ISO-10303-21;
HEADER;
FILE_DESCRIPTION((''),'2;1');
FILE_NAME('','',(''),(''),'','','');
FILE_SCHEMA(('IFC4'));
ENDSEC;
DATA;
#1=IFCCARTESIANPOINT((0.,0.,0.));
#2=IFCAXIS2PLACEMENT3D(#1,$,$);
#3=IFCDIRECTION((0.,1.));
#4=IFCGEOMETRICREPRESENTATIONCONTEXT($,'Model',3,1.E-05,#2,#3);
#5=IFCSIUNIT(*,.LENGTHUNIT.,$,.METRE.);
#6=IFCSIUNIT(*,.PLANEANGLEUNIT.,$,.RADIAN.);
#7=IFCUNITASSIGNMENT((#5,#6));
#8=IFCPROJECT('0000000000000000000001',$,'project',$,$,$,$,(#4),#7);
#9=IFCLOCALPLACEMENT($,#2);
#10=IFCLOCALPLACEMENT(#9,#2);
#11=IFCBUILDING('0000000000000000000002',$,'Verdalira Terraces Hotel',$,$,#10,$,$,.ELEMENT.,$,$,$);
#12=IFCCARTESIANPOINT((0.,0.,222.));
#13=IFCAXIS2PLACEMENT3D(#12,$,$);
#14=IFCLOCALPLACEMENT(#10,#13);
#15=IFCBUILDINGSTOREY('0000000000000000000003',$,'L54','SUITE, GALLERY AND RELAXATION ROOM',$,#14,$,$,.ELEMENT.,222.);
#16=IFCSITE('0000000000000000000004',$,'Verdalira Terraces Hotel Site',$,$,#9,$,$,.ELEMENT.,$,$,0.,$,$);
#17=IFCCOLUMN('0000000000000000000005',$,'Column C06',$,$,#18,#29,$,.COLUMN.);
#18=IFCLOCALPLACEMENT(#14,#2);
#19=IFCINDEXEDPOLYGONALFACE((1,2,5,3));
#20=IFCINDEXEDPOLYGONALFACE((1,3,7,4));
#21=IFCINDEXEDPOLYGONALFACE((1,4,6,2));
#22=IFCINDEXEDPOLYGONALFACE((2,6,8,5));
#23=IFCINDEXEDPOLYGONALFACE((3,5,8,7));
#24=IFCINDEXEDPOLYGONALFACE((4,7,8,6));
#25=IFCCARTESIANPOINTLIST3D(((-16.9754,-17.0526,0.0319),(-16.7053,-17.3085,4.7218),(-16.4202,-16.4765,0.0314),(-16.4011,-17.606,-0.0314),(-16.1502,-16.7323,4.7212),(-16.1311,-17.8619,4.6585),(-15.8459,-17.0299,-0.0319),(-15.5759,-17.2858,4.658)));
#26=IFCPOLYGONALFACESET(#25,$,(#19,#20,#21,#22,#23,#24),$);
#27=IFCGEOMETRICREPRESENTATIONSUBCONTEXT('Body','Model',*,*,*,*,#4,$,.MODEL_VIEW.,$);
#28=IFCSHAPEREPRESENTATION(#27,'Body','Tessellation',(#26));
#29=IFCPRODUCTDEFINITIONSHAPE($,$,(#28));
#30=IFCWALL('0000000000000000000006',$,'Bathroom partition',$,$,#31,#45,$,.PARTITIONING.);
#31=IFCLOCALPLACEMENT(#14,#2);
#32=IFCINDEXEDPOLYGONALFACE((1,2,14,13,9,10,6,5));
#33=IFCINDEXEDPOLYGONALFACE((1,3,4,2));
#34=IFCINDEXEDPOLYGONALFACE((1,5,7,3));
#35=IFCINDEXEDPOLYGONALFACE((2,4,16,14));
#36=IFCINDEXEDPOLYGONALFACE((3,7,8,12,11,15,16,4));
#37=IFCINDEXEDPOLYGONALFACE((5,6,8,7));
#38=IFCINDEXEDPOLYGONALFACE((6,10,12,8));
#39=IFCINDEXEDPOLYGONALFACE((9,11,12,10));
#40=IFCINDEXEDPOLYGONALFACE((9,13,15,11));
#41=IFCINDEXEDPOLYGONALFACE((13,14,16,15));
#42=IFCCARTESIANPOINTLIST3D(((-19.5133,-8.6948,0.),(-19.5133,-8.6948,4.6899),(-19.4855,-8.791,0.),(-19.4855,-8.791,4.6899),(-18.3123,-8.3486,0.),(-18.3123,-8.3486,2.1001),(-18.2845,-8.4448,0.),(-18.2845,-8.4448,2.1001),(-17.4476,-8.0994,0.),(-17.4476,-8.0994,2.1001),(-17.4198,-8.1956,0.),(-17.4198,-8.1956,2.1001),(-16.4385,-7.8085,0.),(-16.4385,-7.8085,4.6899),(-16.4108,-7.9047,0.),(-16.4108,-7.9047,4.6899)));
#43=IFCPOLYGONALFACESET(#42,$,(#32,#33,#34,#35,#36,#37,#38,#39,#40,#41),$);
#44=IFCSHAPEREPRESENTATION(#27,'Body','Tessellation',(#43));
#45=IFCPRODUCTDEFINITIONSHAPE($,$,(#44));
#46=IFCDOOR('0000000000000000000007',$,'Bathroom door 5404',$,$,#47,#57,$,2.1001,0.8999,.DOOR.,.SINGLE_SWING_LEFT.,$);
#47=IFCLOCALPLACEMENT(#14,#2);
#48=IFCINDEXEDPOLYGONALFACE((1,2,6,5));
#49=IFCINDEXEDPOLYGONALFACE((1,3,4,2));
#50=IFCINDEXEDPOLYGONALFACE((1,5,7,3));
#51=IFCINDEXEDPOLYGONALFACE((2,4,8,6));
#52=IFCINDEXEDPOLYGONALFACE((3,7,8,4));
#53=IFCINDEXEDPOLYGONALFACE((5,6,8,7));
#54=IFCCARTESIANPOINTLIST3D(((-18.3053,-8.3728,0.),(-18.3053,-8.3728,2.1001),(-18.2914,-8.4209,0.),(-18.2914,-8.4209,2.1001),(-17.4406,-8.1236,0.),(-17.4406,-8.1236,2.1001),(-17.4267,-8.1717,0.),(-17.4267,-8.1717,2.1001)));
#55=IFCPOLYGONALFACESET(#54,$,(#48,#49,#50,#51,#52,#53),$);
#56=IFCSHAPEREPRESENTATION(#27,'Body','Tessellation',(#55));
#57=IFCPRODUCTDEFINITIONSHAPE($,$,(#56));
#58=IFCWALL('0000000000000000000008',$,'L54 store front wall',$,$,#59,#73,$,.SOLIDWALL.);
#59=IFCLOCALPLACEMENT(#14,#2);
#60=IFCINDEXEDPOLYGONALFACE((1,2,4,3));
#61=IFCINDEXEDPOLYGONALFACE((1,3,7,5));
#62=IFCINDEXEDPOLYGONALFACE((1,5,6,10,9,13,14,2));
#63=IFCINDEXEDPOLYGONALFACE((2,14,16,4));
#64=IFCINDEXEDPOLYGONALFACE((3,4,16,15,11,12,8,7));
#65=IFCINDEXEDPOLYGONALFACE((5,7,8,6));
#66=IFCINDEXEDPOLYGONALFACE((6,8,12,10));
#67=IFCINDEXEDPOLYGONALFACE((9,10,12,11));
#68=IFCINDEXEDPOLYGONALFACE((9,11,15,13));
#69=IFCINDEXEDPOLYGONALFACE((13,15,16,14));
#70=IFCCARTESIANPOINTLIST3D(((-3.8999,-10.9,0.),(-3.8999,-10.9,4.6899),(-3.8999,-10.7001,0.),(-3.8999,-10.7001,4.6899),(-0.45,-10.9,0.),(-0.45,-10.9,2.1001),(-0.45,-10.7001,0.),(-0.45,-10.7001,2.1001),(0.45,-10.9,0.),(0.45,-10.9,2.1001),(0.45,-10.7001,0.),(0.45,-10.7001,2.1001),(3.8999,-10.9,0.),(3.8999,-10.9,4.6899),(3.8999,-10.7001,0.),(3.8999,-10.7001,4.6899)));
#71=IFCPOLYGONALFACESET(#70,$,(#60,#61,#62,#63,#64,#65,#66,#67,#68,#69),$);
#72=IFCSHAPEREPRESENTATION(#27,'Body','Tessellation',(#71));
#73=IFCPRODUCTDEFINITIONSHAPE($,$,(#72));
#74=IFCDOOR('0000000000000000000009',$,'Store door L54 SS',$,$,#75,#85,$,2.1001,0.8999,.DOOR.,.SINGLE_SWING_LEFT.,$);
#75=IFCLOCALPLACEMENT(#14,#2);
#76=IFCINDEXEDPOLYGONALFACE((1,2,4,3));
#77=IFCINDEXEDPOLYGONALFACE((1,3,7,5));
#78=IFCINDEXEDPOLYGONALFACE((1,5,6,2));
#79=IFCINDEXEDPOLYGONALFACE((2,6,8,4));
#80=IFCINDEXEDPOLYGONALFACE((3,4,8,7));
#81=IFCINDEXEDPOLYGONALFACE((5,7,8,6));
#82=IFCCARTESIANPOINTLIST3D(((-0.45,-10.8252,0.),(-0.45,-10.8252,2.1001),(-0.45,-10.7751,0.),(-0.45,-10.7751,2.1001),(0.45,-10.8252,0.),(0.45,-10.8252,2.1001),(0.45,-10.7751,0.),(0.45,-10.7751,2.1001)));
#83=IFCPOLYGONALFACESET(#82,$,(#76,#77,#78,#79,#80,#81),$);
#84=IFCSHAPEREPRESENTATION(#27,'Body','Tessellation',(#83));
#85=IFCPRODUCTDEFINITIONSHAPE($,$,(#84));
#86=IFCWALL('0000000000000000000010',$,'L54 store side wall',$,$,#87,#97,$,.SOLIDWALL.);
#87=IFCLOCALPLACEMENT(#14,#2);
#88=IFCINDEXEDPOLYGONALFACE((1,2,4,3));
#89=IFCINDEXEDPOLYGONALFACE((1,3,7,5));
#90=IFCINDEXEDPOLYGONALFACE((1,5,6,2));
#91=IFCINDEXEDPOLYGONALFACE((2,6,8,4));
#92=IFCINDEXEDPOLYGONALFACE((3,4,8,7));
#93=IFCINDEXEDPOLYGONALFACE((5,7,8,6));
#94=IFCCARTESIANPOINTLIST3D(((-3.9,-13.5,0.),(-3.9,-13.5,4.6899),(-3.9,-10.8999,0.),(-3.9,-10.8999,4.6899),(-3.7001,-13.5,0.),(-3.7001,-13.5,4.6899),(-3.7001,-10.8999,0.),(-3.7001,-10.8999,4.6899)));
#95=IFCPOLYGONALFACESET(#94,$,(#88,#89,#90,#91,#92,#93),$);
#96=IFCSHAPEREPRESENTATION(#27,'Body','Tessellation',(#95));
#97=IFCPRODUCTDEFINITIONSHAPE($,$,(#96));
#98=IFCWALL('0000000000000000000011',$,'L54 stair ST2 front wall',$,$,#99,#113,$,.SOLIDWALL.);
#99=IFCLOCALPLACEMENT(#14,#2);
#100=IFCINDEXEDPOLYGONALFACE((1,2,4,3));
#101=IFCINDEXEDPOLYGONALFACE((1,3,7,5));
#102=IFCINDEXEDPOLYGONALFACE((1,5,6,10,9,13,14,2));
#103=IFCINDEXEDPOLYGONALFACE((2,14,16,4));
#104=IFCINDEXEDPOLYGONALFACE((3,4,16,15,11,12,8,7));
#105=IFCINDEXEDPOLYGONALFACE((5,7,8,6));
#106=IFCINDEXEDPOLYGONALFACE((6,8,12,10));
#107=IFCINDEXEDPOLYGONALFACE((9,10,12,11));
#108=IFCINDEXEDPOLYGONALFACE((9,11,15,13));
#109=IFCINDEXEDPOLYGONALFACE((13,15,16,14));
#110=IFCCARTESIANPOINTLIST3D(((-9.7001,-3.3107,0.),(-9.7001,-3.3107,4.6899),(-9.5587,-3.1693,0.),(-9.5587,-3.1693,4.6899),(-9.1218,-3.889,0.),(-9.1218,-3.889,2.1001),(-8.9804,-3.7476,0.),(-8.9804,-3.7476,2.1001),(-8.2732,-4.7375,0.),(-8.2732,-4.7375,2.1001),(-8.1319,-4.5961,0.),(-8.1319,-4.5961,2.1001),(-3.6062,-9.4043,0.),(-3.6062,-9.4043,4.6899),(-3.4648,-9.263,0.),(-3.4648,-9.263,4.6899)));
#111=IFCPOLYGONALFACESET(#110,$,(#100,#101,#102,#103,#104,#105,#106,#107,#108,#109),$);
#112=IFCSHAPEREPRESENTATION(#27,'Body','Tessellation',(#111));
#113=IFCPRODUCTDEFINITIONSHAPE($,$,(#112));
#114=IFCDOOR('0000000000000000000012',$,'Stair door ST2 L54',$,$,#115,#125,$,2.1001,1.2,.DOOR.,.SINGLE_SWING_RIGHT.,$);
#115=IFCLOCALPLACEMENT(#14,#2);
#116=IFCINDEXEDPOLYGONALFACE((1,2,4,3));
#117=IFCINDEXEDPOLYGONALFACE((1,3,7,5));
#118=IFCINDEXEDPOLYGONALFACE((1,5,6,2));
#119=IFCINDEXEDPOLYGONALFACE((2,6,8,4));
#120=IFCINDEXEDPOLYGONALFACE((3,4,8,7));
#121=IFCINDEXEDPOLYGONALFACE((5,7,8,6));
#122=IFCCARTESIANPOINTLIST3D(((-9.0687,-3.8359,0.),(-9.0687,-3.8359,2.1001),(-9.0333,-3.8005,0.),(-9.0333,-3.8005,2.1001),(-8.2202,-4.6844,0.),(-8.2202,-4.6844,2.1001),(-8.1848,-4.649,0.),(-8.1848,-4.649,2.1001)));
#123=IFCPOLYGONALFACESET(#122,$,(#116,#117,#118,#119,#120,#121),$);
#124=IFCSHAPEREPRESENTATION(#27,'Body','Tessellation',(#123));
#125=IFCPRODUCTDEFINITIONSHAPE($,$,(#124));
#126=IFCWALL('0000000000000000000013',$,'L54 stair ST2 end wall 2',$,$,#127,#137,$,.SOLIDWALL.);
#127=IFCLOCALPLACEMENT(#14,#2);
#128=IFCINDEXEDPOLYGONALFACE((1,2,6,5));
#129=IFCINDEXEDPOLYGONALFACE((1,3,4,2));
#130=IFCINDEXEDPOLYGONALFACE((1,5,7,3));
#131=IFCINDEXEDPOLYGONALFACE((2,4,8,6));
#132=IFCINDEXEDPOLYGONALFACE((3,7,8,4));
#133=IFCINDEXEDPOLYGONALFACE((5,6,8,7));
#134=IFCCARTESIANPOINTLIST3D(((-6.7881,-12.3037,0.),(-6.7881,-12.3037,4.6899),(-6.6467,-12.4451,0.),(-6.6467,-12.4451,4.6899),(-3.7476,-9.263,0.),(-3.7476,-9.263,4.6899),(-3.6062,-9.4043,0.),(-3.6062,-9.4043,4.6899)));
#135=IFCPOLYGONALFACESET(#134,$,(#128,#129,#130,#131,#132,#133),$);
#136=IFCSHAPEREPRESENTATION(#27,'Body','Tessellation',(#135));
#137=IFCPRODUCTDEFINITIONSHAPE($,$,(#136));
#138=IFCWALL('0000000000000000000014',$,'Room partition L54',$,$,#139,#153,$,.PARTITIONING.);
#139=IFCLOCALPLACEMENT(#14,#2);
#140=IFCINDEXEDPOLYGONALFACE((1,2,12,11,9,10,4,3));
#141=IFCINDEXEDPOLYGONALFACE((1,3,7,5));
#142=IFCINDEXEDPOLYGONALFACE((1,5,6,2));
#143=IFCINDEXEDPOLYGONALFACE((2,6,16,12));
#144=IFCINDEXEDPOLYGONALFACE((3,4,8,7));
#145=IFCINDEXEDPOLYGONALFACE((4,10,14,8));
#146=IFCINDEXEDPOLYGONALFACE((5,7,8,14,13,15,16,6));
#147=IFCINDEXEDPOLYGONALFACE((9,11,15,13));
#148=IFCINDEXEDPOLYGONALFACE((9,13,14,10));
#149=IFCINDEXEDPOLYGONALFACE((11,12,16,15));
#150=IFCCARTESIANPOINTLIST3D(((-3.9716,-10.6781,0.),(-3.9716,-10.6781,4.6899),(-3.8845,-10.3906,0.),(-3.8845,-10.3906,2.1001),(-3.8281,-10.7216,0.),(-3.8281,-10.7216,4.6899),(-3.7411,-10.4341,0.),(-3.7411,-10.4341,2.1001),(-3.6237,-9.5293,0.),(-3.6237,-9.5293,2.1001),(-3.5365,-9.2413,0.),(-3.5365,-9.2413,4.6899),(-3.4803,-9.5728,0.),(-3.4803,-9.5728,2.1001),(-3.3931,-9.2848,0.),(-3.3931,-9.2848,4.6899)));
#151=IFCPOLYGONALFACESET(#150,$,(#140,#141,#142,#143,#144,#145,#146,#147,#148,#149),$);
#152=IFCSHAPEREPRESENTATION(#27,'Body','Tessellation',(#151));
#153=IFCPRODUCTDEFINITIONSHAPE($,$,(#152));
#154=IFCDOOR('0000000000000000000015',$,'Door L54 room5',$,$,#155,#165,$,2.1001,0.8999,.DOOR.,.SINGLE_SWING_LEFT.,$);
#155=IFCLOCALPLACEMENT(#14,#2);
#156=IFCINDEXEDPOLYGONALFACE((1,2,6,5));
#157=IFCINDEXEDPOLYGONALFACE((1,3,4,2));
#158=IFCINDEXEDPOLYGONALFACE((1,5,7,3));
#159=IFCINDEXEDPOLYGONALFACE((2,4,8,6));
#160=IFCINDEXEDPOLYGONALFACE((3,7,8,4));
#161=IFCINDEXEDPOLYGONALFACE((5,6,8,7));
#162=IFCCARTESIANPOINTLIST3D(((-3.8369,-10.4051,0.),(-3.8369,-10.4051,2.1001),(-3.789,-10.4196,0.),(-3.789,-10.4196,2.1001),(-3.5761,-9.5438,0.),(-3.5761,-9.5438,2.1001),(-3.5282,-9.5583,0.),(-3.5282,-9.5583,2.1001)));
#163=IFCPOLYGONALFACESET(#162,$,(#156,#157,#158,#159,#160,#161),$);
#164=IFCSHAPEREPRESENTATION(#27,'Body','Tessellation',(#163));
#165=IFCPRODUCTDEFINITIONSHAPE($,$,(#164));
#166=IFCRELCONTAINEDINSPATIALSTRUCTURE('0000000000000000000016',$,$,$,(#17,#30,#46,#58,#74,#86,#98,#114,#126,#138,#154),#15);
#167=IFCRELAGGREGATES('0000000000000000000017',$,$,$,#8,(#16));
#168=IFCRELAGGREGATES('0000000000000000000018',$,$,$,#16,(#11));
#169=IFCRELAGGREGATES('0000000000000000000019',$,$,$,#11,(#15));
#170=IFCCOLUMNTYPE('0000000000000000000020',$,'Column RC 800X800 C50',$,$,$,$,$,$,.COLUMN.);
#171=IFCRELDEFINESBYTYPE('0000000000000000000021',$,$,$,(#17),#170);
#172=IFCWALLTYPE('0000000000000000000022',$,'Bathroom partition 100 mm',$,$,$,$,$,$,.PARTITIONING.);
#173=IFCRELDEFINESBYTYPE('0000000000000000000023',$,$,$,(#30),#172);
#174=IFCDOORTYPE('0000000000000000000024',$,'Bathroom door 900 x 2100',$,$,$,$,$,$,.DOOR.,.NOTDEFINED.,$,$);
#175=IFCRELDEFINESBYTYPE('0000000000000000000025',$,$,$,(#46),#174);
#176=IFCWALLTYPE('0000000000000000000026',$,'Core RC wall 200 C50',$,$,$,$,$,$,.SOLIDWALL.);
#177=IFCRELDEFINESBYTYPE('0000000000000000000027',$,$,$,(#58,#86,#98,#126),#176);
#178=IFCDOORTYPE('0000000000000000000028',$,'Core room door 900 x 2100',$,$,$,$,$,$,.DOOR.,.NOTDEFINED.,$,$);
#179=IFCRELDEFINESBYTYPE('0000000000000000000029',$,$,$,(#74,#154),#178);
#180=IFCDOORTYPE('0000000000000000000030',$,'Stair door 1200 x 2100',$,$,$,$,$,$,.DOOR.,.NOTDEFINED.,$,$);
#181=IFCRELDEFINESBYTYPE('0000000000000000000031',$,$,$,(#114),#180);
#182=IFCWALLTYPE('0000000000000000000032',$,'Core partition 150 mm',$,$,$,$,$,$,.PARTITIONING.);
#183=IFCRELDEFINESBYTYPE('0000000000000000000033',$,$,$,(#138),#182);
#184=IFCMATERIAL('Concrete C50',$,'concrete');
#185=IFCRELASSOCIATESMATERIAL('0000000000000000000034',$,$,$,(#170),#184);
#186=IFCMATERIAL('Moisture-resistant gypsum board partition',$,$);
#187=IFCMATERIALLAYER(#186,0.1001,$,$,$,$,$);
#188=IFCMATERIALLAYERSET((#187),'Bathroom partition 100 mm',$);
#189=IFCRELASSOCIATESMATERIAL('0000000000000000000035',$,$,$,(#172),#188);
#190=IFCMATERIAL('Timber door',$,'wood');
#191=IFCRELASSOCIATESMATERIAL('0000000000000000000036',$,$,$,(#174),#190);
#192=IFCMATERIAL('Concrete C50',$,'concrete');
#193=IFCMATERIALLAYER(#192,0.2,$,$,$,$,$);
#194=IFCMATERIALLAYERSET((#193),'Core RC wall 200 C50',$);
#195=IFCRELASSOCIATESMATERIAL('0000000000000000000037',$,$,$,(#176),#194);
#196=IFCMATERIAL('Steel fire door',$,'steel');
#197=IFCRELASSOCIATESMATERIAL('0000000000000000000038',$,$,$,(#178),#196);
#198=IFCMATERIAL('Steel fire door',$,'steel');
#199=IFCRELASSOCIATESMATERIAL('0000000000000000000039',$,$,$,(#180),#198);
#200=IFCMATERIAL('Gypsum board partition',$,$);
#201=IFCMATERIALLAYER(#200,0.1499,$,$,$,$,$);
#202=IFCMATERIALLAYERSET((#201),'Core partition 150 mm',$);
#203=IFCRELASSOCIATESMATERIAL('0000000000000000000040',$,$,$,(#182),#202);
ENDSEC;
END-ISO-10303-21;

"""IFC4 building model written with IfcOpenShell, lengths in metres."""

from ifc_helpers import new_model, si_unit, direction, frame, frame_2d, origin, origin_2d, place, context, subcontext, project, spatial, rectangle, extrude, material, layer, layer_set, material_profile, profile_set, type_object, element, fill, save


model = new_model("IFC4")

# Units and contexts
model_context = context("Model", 3, precision=1e-05, world=origin(), true_north=direction((0.0, 1.0)))
body_context = subcontext(model_context, "Body", "Model", "MODEL_VIEW")
ifc_project = project(units=[si_unit("LENGTHUNIT", "METRE"), si_unit("PLANEANGLEUNIT", "RADIAN")], contexts=[model_context])

# Site, building, storey
site_placement = place(None, origin())
site = spatial("IfcSite", under=ifc_project, at=site_placement, Name="Verdalira Terraces Hotel Site", CompositionType="ELEMENT", RefElevation=0.0)
building_placement = place(site_placement, origin())
building = spatial("IfcBuilding", under=site, at=building_placement, Name="Verdalira Terraces Hotel", CompositionType="ELEMENT")
storey_placement = place(building_placement, frame((0.0, 0.0, 222.0)))
storey = spatial("IfcBuildingStorey", under=building, at=storey_placement, Name="L54", Description="SUITE, GALLERY AND RELAXATION ROOM", CompositionType="ELEMENT", Elevation=222.0)

# Column
ifc_material_1 = material(Name="Concrete C50", Category="concrete")
ifc_material_profile = material_profile(ifc_material_1, rectangle(XDim=0.8, YDim=0.8, at=origin_2d()), Name="RC 800X800")
ifc_profile_set = profile_set([ifc_material_profile], Name="Concrete C50")
column_type = type_object("IfcColumnType", Name="Column RC 800X800 C50", PredefinedType="COLUMN", material=ifc_profile_set)
column_placement = place(storey_placement, frame((-16.4106, -17.0413, 0.0), z_axis=(0.057394, -0.054384, 0.996869), x_axis=(0.717805, -0.69174, -0.079065)))
element("IfcColumn", 1, at=column_placement, inside=storey, type_object=column_type, Name="Column C06", PredefinedType="COLUMN", context=body_context, shape_type="SweptSolid", body=[
    extrude(rectangle(XDim=0.8, YDim=0.8, at=origin_2d()), origin(), (0.0, 0.0, 1.0), 4.7046),
])

# Walls, openings, doors
ifc_material_2 = material(Name="Moisture-resistant gypsum board partition")
ifc_layer_1 = layer(ifc_material_2, 0.1001)
ifc_layer_set_1 = layer_set([ifc_layer_1], Name="Bathroom partition 100 mm")
wall_type_1 = type_object("IfcWallType", Name="Bathroom partition 100 mm", PredefinedType="PARTITIONING", material=ifc_layer_set_1)
wall_1_placement = place(storey_placement, frame((-19.4995, -8.7429, 0.0), z_axis=(0.0, 0.0, 1.0), x_axis=(0.960882, 0.276957, 0.0)))
wall_1 = element("IfcWall", 2, at=wall_1_placement, inside=storey, type_object=wall_type_1, Name="Bathroom partition", PredefinedType="PARTITIONING", context=body_context, shape_type="SweptSolid", body=[
    extrude(rectangle(XDim=3.2, YDim=0.1001, at=frame_2d((1.6001, 0.0))), origin(), (0.0, 0.0, 1.0), 4.6899),
])
opening_1_placement = place(wall_1_placement, frame((1.25, 0.0, 0.0)))
opening_1 = element("IfcOpeningElement", 3, at=opening_1_placement, cuts=wall_1, PredefinedType="OPENING", context=body_context, shape_type="SweptSolid", body=[
    extrude(rectangle(XDim=0.8999, YDim=2.1001, at=frame_2d((0.45, 1.05))), frame((0.0, 0.0601, 0.0), z_axis=(0.0, -1.0, 0.0), x_axis=(1.0, 0.0, 0.0)), (0.0, 0.0, 1.0), 0.1201),
])
ifc_material_3 = material(Name="Timber door", Category="wood")
door_type_1 = type_object("IfcDoorType", Name="Bathroom door 900 x 2100", OperationType="NOTDEFINED", PredefinedType="DOOR", material=ifc_material_3)
door_1_placement = place(opening_1_placement, origin())
door_1 = element("IfcDoor", 4, at=door_1_placement, inside=storey, type_object=door_type_1, Name="Bathroom door 5404", OperationType="SINGLE_SWING_LEFT", OverallHeight=2.1001, OverallWidth=0.8999, PredefinedType="DOOR", context=body_context, shape_type="SweptSolid", body=[
    extrude(rectangle(XDim=0.8999, YDim=2.1001, at=frame_2d((0.45, 1.05))), frame((0.0, 0.0249, 0.0), z_axis=(0.0, -1.0, 0.0), x_axis=(1.0, 0.0, 0.0)), (0.0, 0.0, 1.0), 0.05),
])
fill(opening_1, door_1)
ifc_material_4 = material(Name="Concrete C50", Category="concrete")
ifc_layer_2 = layer(ifc_material_4, 0.2)
ifc_layer_set_2 = layer_set([ifc_layer_2], Name="Core RC wall 200 C50")
wall_type_2 = type_object("IfcWallType", Name="Core RC wall 200 C50", PredefinedType="SOLIDWALL", material=ifc_layer_set_2)
wall_2_placement = place(storey_placement, frame((-3.8999, -10.8, 0.0), z_axis=(0.0, 0.0, 1.0), x_axis=(1.0, 0.0, 0.0)))
wall_2 = element("IfcWall", 5, at=wall_2_placement, inside=storey, type_object=wall_type_2, Name="L54 store front wall", PredefinedType="SOLIDWALL", context=body_context, shape_type="SweptSolid", body=[
    extrude(rectangle(XDim=7.7998, YDim=0.2, at=frame_2d((3.8999, 0.0))), origin(), (0.0, 0.0, 1.0), 4.6899),
])
opening_2_placement = place(wall_2_placement, frame((3.45, 0.0, 0.0)))
opening_2 = element("IfcOpeningElement", 6, at=opening_2_placement, cuts=wall_2, PredefinedType="OPENING", context=body_context, shape_type="SweptSolid", body=[
    extrude(rectangle(XDim=0.8999, YDim=2.1001, at=frame_2d((0.45, 1.05))), frame((0.0, 0.1099, 0.0), z_axis=(0.0, -1.0, 0.0), x_axis=(1.0, 0.0, 0.0)), (0.0, 0.0, 1.0), 0.22),
])
ifc_material_5 = material(Name="Steel fire door", Category="steel")
door_type_2 = type_object("IfcDoorType", Name="Core room door 900 x 2100", OperationType="NOTDEFINED", PredefinedType="DOOR", material=ifc_material_5)
door_2_placement = place(opening_2_placement, origin())
door_2 = element("IfcDoor", 7, at=door_2_placement, inside=storey, type_object=door_type_2, Name="Store door L54 SS", OperationType="SINGLE_SWING_LEFT", OverallHeight=2.1001, OverallWidth=0.8999, PredefinedType="DOOR", context=body_context, shape_type="SweptSolid", body=[
    extrude(rectangle(XDim=0.8999, YDim=2.1001, at=frame_2d((0.45, 1.05))), frame((0.0, 0.0249, 0.0), z_axis=(0.0, -1.0, 0.0), x_axis=(1.0, 0.0, 0.0)), (0.0, 0.0, 1.0), 0.05),
])
fill(opening_2, door_2)

# Wall
wall_3_placement = place(storey_placement, frame((-3.8, -10.8999, 0.0), z_axis=(0.0, 0.0, 1.0), x_axis=(0.0, -1.0, 0.0)))
element("IfcWall", 8, at=wall_3_placement, inside=storey, type_object=wall_type_2, Name="L54 store side wall", PredefinedType="SOLIDWALL", context=body_context, shape_type="SweptSolid", body=[
    extrude(rectangle(XDim=2.6001, YDim=0.2, at=frame_2d((1.3, 0.0))), origin(), (0.0, 0.0, 1.0), 4.6899),
])

# Wall, opening, door
wall_4_placement = place(storey_placement, frame((-3.5354, -9.3337, 0.0), z_axis=(0.0, 0.0, 1.0), x_axis=(-0.707121, 0.707093, 0.0)))
wall_4 = element("IfcWall", 9, at=wall_4_placement, inside=storey, type_object=wall_type_2, Name="L54 stair ST2 front wall", PredefinedType="SOLIDWALL", context=body_context, shape_type="SweptSolid", body=[
    extrude(rectangle(XDim=8.6179, YDim=0.2, at=frame_2d((4.3091, 0.0))), origin(), (0.0, 0.0, 1.0), 4.6899),
])
opening_3_placement = place(wall_4_placement, frame((6.6001, 0.0, 0.0)))
opening_3 = element("IfcOpeningElement", 10, at=opening_3_placement, cuts=wall_4, PredefinedType="OPENING", context=body_context, shape_type="SweptSolid", body=[
    extrude(rectangle(XDim=1.2, YDim=2.1001, at=frame_2d((0.6001, 1.05))), frame((0.0, 0.1099, 0.0), z_axis=(0.0, -1.0, 0.0), x_axis=(1.0, 0.0, 0.0)), (0.0, 0.0, 1.0), 0.22),
])
ifc_material_6 = material(Name="Steel fire door", Category="steel")
door_type_3 = type_object("IfcDoorType", Name="Stair door 1200 x 2100", OperationType="NOTDEFINED", PredefinedType="DOOR", material=ifc_material_6)
door_3_placement = place(opening_3_placement, origin())
door_3 = element("IfcDoor", 11, at=door_3_placement, inside=storey, type_object=door_type_3, Name="Stair door ST2 L54", OperationType="SINGLE_SWING_RIGHT", OverallHeight=2.1001, OverallWidth=1.2, PredefinedType="DOOR", context=body_context, shape_type="SweptSolid", body=[
    extrude(rectangle(XDim=1.2, YDim=2.1001, at=frame_2d((0.6001, 1.05))), frame((0.0, 0.0249, 0.0), z_axis=(0.0, -1.0, 0.0), x_axis=(1.0, 0.0, 0.0)), (0.0, 0.0, 1.0), 0.05),
])
fill(opening_3, door_3)

# Wall
wall_5_placement = place(storey_placement, frame((-3.677, -9.3337, 0.0), z_axis=(0.0, 0.0, 1.0), x_axis=(-0.707078, -0.707135, 0.0)))
element("IfcWall", 12, at=wall_5_placement, inside=storey, type_object=wall_type_2, Name="L54 stair ST2 end wall 2", PredefinedType="SOLIDWALL", context=body_context, shape_type="SweptSolid", body=[
    extrude(rectangle(XDim=4.3, YDim=0.2, at=frame_2d((2.1499, 0.0))), origin(), (0.0, 0.0, 1.0), 4.6899),
])

# Wall, opening, door
ifc_material_7 = material(Name="Gypsum board partition")
ifc_layer_3 = layer(ifc_material_7, 0.1499)
ifc_layer_set_3 = layer_set([ifc_layer_3], Name="Core partition 150 mm")
wall_type_3 = type_object("IfcWallType", Name="Core partition 150 mm", PredefinedType="PARTITIONING", material=ifc_layer_set_3)
wall_6_placement = place(storey_placement, frame((-3.4648, -9.2632, 0.0), z_axis=(0.0, 0.0, 1.0), x_axis=(-0.289809, -0.957085, 0.0)))
wall_6 = element("IfcWall", 13, at=wall_6_placement, inside=storey, type_object=wall_type_3, Name="Room partition L54", PredefinedType="PARTITIONING", context=body_context, shape_type="SweptSolid", body=[
    extrude(rectangle(XDim=1.5012, YDim=0.1499, at=frame_2d((0.7505, 0.0))), origin(), (0.0, 0.0, 1.0), 4.6899),
])
opening_4_placement = place(wall_6_placement, frame((0.3008, 0.0, 0.0)))
opening_4 = element("IfcOpeningElement", 14, at=opening_4_placement, cuts=wall_6, PredefinedType="OPENING", context=body_context, shape_type="SweptSolid", body=[
    extrude(rectangle(XDim=0.8999, YDim=2.1001, at=frame_2d((0.45, 1.05))), frame((0.0, 0.085, 0.0), z_axis=(0.0, -1.0, 0.0), x_axis=(1.0, 0.0, 0.0)), (0.0, 0.0, 1.0), 0.1699),
])
door_4_placement = place(opening_4_placement, origin())
door_4 = element("IfcDoor", 15, at=door_4_placement, inside=storey, type_object=door_type_2, Name="Door L54 room5", OperationType="SINGLE_SWING_LEFT", OverallHeight=2.1001, OverallWidth=0.8999, PredefinedType="DOOR", context=body_context, shape_type="SweptSolid", body=[
    extrude(rectangle(XDim=0.8999, YDim=2.1001, at=frame_2d((0.45, 1.05))), frame((0.0, 0.0249, 0.0), z_axis=(0.0, -1.0, 0.0), x_axis=(1.0, 0.0, 0.0)), (0.0, 0.0, 1.0), 0.05),
])
fill(opening_4, door_4)

save(model, "model.ifc")
